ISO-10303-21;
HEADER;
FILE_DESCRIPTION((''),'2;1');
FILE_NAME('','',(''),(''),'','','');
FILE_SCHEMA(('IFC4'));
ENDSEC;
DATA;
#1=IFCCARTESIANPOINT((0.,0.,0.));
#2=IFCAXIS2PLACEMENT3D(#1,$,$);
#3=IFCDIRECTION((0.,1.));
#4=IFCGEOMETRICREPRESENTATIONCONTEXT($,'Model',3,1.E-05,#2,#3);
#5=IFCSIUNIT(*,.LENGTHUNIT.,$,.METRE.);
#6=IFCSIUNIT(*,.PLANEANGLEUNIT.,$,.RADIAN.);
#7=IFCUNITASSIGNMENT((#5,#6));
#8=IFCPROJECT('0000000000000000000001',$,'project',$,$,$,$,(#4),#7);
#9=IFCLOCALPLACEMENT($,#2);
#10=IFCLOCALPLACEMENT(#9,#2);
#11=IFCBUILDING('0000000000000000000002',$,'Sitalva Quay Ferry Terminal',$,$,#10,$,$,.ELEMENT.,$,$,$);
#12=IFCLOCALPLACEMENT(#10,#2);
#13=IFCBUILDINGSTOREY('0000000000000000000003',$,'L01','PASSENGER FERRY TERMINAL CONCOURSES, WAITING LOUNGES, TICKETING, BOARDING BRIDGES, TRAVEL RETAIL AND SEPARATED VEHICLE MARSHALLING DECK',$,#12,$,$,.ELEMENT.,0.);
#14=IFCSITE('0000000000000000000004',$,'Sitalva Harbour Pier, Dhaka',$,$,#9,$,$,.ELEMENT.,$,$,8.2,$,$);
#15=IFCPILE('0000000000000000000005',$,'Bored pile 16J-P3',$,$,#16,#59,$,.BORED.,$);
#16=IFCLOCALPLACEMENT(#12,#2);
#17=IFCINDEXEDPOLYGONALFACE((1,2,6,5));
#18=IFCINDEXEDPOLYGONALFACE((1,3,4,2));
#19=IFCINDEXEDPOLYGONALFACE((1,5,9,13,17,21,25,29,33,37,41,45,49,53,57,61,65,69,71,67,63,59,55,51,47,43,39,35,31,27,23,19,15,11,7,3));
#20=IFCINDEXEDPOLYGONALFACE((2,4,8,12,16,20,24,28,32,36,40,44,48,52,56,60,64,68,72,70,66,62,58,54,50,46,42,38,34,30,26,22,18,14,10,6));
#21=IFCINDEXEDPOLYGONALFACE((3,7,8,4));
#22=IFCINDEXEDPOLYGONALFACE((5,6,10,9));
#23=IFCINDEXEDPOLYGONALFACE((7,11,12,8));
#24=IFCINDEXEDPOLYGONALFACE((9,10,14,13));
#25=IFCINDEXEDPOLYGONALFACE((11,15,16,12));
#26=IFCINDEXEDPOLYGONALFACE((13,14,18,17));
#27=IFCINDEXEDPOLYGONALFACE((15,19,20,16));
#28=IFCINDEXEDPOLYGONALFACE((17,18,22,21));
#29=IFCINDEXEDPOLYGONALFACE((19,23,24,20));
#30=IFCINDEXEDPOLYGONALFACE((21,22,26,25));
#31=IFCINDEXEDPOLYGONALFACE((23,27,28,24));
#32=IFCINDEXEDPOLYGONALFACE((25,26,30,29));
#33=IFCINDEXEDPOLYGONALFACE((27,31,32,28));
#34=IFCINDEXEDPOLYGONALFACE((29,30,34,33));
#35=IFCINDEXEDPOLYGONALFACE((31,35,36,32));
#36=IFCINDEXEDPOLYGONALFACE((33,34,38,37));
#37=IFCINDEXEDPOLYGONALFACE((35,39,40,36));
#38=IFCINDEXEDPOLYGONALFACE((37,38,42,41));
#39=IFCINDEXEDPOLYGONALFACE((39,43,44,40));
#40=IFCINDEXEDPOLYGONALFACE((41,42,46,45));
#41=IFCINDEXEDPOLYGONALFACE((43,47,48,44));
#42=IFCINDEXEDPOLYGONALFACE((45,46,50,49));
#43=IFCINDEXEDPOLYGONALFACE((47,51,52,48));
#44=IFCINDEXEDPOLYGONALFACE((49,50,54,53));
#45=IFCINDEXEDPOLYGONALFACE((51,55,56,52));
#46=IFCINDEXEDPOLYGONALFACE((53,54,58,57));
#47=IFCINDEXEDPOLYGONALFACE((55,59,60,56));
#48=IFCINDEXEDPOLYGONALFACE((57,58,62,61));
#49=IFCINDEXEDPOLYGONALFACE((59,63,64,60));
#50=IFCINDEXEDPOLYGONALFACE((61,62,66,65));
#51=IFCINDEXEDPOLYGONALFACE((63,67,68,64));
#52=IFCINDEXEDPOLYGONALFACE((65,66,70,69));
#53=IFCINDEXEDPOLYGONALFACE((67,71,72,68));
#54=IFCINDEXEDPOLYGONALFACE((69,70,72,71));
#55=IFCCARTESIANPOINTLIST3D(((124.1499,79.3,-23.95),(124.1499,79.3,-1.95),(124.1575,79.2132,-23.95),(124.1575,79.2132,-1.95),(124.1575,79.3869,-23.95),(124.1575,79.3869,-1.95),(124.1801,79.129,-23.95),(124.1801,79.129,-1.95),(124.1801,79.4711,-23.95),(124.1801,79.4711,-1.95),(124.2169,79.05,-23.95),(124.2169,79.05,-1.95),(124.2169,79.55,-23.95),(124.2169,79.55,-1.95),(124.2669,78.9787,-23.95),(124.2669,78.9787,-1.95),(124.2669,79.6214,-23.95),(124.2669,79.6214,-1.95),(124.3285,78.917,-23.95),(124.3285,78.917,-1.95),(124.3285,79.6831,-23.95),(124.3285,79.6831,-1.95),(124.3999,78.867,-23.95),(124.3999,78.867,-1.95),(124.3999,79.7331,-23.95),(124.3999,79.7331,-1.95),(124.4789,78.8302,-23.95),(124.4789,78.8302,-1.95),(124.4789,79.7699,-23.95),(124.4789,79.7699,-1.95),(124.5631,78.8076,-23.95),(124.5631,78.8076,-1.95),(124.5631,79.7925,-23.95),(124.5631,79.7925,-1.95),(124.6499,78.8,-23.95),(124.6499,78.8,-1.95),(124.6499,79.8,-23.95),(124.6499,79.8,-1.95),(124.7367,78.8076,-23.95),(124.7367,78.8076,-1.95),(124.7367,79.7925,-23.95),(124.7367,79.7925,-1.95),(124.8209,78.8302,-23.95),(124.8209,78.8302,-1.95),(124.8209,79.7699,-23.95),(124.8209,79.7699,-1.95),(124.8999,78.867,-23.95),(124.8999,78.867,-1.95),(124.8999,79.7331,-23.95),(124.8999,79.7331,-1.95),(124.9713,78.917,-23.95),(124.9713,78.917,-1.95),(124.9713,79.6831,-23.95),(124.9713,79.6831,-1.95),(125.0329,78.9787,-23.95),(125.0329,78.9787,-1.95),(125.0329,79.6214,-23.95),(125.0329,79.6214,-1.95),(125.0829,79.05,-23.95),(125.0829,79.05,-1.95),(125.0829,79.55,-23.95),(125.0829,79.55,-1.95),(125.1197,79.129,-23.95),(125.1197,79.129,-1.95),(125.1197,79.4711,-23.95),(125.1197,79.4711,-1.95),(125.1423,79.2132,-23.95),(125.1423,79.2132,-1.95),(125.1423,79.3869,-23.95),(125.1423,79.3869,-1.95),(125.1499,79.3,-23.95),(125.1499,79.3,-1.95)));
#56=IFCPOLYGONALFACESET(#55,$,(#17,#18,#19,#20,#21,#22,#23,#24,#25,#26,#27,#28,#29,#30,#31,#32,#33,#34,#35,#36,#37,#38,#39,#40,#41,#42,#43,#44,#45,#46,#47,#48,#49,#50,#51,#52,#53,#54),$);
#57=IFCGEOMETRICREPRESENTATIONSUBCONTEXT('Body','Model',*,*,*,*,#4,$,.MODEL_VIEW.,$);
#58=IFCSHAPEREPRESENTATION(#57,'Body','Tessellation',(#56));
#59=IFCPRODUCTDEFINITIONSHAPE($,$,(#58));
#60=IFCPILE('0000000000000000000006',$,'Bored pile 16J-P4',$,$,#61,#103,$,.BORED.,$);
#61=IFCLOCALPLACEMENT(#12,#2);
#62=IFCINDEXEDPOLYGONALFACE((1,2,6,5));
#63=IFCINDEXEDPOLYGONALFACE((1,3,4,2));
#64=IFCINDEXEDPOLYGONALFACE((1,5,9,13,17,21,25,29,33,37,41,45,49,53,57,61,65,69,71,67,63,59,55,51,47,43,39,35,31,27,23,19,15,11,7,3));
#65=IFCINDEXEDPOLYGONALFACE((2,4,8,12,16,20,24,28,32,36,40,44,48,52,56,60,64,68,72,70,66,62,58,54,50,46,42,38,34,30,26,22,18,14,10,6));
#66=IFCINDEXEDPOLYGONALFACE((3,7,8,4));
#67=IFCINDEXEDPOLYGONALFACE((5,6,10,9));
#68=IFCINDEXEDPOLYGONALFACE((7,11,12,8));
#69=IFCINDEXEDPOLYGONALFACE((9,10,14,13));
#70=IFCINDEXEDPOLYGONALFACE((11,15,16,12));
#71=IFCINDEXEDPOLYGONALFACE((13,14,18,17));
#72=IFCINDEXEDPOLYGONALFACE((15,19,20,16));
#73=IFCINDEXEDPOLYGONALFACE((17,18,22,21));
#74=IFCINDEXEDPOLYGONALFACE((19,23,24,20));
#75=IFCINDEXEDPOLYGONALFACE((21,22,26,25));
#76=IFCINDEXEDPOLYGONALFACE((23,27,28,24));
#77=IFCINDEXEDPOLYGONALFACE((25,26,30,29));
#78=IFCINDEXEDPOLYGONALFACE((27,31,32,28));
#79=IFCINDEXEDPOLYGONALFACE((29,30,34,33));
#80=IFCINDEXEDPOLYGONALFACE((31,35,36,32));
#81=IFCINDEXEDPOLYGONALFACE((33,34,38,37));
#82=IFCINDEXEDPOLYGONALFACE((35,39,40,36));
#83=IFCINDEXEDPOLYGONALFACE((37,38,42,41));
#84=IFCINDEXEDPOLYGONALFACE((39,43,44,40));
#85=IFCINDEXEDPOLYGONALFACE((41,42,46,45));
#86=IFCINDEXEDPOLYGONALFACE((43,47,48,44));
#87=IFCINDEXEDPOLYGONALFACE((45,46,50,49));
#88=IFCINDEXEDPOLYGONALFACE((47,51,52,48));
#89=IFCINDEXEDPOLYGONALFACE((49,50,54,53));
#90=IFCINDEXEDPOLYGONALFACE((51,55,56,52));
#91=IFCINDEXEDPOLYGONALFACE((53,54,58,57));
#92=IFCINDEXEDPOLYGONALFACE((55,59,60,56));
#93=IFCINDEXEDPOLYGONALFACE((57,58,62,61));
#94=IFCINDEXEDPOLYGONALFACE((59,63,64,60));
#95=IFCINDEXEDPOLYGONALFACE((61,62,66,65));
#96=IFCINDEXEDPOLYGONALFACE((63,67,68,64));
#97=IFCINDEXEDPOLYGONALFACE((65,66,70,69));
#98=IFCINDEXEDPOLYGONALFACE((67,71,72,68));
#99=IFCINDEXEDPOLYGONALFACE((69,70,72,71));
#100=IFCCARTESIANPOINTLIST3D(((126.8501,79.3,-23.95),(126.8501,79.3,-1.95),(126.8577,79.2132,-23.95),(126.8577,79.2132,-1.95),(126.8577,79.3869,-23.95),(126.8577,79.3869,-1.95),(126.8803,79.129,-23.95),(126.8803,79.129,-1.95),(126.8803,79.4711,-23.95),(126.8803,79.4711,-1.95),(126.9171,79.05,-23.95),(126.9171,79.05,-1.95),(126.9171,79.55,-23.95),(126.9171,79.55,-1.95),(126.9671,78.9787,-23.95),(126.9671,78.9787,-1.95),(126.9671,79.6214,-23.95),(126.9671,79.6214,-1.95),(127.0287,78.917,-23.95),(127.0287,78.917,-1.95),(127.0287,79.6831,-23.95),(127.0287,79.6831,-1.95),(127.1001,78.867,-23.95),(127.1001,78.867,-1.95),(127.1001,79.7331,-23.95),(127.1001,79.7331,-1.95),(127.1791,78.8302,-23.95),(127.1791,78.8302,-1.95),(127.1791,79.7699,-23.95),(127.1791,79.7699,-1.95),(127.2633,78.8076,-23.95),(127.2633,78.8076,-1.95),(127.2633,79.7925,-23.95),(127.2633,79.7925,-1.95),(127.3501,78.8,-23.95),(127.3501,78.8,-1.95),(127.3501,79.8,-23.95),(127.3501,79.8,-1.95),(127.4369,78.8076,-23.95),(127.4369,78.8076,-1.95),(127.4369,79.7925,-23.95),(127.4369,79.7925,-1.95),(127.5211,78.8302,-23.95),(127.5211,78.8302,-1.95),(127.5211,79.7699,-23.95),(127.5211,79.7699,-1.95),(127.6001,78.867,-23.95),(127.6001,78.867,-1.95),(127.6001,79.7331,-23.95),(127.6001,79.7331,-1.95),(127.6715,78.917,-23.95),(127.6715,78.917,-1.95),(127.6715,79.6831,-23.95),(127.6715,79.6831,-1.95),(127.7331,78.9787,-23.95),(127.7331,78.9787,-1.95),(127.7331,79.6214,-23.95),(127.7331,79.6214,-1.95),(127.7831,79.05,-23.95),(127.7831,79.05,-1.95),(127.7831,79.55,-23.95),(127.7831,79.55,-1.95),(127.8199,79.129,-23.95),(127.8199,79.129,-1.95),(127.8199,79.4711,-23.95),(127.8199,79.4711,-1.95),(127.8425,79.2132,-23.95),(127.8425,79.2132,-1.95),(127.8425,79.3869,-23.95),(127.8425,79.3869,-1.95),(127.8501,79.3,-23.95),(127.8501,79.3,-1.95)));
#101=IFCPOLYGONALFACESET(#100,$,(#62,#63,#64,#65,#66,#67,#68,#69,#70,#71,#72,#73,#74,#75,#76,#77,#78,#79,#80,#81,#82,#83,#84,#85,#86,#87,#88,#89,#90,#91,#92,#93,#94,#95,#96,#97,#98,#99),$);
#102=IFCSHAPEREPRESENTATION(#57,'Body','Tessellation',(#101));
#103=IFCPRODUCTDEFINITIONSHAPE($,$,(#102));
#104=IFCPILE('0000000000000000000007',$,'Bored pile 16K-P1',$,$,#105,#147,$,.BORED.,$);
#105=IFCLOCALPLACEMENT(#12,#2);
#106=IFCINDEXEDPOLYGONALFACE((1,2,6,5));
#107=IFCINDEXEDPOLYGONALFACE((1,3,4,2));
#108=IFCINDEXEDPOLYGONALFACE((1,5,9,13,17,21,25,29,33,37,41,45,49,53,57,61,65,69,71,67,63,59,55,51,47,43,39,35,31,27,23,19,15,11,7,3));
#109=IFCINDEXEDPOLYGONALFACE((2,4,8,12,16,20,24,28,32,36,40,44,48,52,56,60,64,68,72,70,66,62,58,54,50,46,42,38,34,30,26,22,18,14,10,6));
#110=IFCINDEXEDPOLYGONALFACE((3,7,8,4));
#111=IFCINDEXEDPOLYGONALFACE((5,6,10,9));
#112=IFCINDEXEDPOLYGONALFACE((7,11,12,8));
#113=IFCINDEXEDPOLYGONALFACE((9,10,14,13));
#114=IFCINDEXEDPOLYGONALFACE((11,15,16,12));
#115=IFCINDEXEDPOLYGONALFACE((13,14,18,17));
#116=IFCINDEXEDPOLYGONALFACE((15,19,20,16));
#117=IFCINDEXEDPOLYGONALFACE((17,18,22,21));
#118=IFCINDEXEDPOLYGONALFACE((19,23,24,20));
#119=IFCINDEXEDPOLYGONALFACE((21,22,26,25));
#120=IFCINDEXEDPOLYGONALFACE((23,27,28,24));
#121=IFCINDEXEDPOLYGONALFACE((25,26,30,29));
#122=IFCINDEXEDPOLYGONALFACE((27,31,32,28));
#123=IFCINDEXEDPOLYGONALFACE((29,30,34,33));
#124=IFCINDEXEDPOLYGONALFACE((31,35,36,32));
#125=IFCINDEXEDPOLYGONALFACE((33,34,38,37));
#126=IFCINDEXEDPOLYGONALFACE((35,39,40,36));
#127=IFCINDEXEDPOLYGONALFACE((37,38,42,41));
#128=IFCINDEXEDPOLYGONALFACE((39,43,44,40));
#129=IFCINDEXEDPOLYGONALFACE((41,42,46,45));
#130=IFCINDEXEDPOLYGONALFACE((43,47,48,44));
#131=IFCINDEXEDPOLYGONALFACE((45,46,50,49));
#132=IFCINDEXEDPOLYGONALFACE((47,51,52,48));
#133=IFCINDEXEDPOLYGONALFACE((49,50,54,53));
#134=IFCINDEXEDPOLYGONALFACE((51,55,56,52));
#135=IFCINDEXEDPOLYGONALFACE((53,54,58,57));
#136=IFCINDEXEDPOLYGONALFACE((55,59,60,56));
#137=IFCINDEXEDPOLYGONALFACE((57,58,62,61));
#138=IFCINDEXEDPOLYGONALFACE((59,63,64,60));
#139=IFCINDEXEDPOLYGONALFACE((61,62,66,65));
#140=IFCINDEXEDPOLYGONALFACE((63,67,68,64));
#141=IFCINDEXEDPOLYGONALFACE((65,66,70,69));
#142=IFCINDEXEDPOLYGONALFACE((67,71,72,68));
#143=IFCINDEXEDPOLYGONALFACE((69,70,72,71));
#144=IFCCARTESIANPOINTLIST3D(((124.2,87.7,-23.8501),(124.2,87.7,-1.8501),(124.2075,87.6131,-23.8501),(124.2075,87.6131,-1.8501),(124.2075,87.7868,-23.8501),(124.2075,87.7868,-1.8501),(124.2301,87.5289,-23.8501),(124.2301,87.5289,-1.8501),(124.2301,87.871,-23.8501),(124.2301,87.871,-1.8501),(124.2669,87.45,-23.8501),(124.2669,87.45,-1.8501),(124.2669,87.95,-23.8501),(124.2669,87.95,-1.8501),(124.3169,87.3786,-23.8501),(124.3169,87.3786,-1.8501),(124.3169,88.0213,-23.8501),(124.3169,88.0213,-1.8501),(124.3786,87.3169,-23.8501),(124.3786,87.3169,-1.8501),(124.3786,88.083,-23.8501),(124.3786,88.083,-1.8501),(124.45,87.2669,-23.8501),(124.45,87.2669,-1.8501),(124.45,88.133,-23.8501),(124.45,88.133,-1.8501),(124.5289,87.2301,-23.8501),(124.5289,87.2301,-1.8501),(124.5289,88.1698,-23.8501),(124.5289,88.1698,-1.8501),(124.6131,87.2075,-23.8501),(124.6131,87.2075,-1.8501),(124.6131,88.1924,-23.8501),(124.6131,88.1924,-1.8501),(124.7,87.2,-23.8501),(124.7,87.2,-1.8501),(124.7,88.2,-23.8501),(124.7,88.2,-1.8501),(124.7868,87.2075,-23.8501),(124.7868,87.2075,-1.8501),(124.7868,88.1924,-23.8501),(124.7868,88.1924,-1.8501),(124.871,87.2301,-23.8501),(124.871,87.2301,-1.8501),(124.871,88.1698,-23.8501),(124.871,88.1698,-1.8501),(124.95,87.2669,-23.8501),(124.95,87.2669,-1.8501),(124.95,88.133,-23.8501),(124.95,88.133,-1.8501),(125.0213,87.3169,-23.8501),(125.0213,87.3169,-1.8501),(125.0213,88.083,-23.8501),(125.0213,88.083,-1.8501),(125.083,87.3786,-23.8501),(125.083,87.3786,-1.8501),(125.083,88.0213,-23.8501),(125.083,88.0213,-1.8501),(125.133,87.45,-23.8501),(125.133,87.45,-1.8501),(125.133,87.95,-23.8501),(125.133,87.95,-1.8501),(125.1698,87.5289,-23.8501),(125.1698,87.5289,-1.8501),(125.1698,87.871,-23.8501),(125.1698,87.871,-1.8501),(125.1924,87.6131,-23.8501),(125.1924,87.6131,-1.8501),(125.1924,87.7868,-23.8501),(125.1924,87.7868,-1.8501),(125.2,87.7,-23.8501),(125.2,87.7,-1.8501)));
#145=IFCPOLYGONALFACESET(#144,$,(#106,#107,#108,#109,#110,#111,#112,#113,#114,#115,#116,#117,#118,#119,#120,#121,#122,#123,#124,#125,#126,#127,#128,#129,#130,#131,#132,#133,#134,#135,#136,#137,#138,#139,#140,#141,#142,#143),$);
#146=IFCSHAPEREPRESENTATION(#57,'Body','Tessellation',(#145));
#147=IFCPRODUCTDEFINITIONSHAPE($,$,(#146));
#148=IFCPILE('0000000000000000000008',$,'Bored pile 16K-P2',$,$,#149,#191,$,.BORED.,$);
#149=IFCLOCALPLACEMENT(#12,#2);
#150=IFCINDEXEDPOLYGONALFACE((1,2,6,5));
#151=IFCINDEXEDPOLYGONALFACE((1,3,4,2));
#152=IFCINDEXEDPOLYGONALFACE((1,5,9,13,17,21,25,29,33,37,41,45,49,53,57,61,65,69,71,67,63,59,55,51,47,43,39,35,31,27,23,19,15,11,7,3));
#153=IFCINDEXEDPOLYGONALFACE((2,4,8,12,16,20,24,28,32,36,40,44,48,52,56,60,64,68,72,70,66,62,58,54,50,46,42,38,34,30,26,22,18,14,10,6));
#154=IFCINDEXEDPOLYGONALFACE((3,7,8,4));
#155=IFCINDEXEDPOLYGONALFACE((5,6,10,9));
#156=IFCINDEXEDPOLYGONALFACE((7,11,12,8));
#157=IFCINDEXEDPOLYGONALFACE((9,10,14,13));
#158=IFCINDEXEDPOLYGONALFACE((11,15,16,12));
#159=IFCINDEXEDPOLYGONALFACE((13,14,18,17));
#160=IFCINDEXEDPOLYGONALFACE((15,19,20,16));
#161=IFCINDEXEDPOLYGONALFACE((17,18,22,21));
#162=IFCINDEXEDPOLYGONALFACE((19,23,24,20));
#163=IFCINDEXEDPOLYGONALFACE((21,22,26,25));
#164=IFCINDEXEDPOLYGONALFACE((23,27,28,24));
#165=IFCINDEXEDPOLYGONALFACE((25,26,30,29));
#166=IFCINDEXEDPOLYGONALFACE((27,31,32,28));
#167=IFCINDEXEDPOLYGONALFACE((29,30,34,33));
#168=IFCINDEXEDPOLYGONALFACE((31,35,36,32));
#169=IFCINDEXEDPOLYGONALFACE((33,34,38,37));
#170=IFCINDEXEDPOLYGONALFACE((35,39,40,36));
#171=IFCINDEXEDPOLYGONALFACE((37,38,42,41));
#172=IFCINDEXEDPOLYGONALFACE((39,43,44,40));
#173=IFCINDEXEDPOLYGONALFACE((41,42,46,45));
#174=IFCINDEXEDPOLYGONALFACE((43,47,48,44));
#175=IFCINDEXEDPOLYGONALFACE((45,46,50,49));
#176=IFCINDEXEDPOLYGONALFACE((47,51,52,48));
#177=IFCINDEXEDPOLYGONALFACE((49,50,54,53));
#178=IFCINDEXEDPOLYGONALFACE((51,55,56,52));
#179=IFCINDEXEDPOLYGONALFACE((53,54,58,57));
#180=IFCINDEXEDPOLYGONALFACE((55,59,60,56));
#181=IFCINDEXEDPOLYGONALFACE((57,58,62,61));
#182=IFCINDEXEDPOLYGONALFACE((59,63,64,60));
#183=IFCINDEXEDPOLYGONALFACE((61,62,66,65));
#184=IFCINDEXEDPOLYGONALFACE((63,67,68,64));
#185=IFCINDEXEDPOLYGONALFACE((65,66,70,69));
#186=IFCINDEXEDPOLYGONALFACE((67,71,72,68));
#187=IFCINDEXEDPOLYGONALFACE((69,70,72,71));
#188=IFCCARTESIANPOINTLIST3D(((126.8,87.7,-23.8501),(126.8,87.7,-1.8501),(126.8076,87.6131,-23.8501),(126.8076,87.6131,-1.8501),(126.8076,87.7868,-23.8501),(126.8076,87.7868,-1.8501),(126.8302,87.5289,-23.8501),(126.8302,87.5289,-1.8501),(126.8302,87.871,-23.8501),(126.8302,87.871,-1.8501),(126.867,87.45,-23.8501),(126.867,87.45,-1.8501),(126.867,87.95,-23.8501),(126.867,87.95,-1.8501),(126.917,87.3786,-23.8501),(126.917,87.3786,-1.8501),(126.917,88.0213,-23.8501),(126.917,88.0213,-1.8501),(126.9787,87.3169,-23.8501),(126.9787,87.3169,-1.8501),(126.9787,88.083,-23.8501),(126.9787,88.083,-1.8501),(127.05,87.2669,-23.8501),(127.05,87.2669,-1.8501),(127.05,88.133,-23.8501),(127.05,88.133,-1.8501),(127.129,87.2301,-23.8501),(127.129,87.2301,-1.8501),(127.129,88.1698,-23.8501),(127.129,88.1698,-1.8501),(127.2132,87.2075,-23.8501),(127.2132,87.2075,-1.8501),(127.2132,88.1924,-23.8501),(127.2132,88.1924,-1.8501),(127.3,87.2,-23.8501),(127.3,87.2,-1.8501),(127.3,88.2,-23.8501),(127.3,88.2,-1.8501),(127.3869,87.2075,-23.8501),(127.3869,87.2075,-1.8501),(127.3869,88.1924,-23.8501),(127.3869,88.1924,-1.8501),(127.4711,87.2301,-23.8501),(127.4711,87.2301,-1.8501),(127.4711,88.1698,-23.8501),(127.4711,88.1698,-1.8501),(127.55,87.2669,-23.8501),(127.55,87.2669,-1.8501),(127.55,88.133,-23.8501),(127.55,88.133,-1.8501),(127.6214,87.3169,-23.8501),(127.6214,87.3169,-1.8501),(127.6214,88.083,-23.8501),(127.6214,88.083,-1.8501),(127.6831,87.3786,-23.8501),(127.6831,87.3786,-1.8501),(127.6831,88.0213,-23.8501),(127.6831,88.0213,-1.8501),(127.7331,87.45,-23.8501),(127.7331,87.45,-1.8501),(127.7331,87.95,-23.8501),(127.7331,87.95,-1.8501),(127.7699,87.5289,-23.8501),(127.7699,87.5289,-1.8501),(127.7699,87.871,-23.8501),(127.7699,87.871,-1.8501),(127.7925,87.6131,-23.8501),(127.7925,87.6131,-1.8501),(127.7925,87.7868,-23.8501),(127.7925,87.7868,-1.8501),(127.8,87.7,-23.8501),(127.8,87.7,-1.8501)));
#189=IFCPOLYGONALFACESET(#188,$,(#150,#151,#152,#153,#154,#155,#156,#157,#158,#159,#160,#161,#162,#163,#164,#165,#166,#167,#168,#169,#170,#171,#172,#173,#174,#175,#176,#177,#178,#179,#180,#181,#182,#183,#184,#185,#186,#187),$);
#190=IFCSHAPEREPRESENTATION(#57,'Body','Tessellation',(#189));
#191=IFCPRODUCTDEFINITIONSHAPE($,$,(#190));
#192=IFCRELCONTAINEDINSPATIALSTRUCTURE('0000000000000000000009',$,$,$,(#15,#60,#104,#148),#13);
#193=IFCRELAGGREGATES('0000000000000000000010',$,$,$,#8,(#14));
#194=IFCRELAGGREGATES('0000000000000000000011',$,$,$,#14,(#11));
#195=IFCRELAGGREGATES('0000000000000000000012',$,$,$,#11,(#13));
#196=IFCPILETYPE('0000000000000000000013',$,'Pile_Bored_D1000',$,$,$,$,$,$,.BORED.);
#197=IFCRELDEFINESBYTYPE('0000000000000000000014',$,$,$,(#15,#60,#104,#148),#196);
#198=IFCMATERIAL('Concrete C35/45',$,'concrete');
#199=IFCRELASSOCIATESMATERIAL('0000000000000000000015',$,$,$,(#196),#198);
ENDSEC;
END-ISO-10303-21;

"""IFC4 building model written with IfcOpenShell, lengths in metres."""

from ifc_helpers import new_model, si_unit, direction, frame, origin, origin_2d, place, context, subcontext, project, spatial, circle, extrude, material, material_profile, profile_set, type_object, element, save


model = new_model("IFC4")

# Units and contexts
model_context = context("Model", 3, precision=1e-05, world=origin(), true_north=direction((0.0, 1.0)))
body_context = subcontext(model_context, "Body", "Model", "MODEL_VIEW")
ifc_project = project(units=[si_unit("LENGTHUNIT", "METRE"), si_unit("PLANEANGLEUNIT", "RADIAN")], contexts=[model_context])

# Site, building, storey
site_placement = place(None, origin())
site = spatial("IfcSite", under=ifc_project, at=site_placement, Name="Sitalva Harbour Pier, Dhaka", CompositionType="ELEMENT", RefElevation=8.2)
building_placement = place(site_placement, origin())
building = spatial("IfcBuilding", under=site, at=building_placement, Name="Sitalva Quay Ferry Terminal", CompositionType="ELEMENT")
storey_placement = place(building_placement, origin())
storey = spatial("IfcBuildingStorey", under=building, at=storey_placement, Name="L01", Description="PASSENGER FERRY TERMINAL CONCOURSES, WAITING LOUNGES, TICKETING, BOARDING BRIDGES, TRAVEL RETAIL AND SEPARATED VEHICLE MARSHALLING DECK", CompositionType="ELEMENT", Elevation=0.0)

# Piles
ifc_material_1 = material(Name="Concrete C35/45", Category="concrete")
ifc_material_profile_1 = material_profile(ifc_material_1, circle(Radius=0.5, at=origin_2d()), Name="PILE-D1000")
ifc_profile_set_1 = profile_set([ifc_material_profile_1], Name="Concrete C35/45")
pile_type_1 = type_object("IfcPileType", Name="Pile_Bored_D1000", PredefinedType="BORED", material=ifc_profile_set_1)
for number, where, z_axis, x_axis, name in (
    (1, (124.6499, 79.3, -1.95), (0.0, 0.0, -1.0), (1.0, 0.0, 0.0), "Bored pile 16J-P3"),
    (2, (127.3501, 79.3, -1.95), (0.0, 0.0, -1.0), (1.0, 0.0, 0.0), "Bored pile 16J-P4"),
    (3, (124.7, 87.7, -1.8501), (0.0, 0.0, -1.0), (1.0, 0.0, 0.0), "Bored pile 16K-P1"),
    (4, (127.3, 87.7, -1.8501), (0.0, 0.0, -1.0), (1.0, 0.0, 0.0), "Bored pile 16K-P2"),
):
    element("IfcPile", number, at=place(storey_placement, frame(where, z_axis=z_axis, x_axis=x_axis)), inside=storey, type_object=pile_type_1, Name=name, PredefinedType="BORED", context=body_context, shape_type="SweptSolid", body=[
        extrude(circle(Radius=0.5, at=origin_2d()), origin(), (0.0, 0.0, 1.0), 22.0),
    ])

save(model, "model.ifc")
